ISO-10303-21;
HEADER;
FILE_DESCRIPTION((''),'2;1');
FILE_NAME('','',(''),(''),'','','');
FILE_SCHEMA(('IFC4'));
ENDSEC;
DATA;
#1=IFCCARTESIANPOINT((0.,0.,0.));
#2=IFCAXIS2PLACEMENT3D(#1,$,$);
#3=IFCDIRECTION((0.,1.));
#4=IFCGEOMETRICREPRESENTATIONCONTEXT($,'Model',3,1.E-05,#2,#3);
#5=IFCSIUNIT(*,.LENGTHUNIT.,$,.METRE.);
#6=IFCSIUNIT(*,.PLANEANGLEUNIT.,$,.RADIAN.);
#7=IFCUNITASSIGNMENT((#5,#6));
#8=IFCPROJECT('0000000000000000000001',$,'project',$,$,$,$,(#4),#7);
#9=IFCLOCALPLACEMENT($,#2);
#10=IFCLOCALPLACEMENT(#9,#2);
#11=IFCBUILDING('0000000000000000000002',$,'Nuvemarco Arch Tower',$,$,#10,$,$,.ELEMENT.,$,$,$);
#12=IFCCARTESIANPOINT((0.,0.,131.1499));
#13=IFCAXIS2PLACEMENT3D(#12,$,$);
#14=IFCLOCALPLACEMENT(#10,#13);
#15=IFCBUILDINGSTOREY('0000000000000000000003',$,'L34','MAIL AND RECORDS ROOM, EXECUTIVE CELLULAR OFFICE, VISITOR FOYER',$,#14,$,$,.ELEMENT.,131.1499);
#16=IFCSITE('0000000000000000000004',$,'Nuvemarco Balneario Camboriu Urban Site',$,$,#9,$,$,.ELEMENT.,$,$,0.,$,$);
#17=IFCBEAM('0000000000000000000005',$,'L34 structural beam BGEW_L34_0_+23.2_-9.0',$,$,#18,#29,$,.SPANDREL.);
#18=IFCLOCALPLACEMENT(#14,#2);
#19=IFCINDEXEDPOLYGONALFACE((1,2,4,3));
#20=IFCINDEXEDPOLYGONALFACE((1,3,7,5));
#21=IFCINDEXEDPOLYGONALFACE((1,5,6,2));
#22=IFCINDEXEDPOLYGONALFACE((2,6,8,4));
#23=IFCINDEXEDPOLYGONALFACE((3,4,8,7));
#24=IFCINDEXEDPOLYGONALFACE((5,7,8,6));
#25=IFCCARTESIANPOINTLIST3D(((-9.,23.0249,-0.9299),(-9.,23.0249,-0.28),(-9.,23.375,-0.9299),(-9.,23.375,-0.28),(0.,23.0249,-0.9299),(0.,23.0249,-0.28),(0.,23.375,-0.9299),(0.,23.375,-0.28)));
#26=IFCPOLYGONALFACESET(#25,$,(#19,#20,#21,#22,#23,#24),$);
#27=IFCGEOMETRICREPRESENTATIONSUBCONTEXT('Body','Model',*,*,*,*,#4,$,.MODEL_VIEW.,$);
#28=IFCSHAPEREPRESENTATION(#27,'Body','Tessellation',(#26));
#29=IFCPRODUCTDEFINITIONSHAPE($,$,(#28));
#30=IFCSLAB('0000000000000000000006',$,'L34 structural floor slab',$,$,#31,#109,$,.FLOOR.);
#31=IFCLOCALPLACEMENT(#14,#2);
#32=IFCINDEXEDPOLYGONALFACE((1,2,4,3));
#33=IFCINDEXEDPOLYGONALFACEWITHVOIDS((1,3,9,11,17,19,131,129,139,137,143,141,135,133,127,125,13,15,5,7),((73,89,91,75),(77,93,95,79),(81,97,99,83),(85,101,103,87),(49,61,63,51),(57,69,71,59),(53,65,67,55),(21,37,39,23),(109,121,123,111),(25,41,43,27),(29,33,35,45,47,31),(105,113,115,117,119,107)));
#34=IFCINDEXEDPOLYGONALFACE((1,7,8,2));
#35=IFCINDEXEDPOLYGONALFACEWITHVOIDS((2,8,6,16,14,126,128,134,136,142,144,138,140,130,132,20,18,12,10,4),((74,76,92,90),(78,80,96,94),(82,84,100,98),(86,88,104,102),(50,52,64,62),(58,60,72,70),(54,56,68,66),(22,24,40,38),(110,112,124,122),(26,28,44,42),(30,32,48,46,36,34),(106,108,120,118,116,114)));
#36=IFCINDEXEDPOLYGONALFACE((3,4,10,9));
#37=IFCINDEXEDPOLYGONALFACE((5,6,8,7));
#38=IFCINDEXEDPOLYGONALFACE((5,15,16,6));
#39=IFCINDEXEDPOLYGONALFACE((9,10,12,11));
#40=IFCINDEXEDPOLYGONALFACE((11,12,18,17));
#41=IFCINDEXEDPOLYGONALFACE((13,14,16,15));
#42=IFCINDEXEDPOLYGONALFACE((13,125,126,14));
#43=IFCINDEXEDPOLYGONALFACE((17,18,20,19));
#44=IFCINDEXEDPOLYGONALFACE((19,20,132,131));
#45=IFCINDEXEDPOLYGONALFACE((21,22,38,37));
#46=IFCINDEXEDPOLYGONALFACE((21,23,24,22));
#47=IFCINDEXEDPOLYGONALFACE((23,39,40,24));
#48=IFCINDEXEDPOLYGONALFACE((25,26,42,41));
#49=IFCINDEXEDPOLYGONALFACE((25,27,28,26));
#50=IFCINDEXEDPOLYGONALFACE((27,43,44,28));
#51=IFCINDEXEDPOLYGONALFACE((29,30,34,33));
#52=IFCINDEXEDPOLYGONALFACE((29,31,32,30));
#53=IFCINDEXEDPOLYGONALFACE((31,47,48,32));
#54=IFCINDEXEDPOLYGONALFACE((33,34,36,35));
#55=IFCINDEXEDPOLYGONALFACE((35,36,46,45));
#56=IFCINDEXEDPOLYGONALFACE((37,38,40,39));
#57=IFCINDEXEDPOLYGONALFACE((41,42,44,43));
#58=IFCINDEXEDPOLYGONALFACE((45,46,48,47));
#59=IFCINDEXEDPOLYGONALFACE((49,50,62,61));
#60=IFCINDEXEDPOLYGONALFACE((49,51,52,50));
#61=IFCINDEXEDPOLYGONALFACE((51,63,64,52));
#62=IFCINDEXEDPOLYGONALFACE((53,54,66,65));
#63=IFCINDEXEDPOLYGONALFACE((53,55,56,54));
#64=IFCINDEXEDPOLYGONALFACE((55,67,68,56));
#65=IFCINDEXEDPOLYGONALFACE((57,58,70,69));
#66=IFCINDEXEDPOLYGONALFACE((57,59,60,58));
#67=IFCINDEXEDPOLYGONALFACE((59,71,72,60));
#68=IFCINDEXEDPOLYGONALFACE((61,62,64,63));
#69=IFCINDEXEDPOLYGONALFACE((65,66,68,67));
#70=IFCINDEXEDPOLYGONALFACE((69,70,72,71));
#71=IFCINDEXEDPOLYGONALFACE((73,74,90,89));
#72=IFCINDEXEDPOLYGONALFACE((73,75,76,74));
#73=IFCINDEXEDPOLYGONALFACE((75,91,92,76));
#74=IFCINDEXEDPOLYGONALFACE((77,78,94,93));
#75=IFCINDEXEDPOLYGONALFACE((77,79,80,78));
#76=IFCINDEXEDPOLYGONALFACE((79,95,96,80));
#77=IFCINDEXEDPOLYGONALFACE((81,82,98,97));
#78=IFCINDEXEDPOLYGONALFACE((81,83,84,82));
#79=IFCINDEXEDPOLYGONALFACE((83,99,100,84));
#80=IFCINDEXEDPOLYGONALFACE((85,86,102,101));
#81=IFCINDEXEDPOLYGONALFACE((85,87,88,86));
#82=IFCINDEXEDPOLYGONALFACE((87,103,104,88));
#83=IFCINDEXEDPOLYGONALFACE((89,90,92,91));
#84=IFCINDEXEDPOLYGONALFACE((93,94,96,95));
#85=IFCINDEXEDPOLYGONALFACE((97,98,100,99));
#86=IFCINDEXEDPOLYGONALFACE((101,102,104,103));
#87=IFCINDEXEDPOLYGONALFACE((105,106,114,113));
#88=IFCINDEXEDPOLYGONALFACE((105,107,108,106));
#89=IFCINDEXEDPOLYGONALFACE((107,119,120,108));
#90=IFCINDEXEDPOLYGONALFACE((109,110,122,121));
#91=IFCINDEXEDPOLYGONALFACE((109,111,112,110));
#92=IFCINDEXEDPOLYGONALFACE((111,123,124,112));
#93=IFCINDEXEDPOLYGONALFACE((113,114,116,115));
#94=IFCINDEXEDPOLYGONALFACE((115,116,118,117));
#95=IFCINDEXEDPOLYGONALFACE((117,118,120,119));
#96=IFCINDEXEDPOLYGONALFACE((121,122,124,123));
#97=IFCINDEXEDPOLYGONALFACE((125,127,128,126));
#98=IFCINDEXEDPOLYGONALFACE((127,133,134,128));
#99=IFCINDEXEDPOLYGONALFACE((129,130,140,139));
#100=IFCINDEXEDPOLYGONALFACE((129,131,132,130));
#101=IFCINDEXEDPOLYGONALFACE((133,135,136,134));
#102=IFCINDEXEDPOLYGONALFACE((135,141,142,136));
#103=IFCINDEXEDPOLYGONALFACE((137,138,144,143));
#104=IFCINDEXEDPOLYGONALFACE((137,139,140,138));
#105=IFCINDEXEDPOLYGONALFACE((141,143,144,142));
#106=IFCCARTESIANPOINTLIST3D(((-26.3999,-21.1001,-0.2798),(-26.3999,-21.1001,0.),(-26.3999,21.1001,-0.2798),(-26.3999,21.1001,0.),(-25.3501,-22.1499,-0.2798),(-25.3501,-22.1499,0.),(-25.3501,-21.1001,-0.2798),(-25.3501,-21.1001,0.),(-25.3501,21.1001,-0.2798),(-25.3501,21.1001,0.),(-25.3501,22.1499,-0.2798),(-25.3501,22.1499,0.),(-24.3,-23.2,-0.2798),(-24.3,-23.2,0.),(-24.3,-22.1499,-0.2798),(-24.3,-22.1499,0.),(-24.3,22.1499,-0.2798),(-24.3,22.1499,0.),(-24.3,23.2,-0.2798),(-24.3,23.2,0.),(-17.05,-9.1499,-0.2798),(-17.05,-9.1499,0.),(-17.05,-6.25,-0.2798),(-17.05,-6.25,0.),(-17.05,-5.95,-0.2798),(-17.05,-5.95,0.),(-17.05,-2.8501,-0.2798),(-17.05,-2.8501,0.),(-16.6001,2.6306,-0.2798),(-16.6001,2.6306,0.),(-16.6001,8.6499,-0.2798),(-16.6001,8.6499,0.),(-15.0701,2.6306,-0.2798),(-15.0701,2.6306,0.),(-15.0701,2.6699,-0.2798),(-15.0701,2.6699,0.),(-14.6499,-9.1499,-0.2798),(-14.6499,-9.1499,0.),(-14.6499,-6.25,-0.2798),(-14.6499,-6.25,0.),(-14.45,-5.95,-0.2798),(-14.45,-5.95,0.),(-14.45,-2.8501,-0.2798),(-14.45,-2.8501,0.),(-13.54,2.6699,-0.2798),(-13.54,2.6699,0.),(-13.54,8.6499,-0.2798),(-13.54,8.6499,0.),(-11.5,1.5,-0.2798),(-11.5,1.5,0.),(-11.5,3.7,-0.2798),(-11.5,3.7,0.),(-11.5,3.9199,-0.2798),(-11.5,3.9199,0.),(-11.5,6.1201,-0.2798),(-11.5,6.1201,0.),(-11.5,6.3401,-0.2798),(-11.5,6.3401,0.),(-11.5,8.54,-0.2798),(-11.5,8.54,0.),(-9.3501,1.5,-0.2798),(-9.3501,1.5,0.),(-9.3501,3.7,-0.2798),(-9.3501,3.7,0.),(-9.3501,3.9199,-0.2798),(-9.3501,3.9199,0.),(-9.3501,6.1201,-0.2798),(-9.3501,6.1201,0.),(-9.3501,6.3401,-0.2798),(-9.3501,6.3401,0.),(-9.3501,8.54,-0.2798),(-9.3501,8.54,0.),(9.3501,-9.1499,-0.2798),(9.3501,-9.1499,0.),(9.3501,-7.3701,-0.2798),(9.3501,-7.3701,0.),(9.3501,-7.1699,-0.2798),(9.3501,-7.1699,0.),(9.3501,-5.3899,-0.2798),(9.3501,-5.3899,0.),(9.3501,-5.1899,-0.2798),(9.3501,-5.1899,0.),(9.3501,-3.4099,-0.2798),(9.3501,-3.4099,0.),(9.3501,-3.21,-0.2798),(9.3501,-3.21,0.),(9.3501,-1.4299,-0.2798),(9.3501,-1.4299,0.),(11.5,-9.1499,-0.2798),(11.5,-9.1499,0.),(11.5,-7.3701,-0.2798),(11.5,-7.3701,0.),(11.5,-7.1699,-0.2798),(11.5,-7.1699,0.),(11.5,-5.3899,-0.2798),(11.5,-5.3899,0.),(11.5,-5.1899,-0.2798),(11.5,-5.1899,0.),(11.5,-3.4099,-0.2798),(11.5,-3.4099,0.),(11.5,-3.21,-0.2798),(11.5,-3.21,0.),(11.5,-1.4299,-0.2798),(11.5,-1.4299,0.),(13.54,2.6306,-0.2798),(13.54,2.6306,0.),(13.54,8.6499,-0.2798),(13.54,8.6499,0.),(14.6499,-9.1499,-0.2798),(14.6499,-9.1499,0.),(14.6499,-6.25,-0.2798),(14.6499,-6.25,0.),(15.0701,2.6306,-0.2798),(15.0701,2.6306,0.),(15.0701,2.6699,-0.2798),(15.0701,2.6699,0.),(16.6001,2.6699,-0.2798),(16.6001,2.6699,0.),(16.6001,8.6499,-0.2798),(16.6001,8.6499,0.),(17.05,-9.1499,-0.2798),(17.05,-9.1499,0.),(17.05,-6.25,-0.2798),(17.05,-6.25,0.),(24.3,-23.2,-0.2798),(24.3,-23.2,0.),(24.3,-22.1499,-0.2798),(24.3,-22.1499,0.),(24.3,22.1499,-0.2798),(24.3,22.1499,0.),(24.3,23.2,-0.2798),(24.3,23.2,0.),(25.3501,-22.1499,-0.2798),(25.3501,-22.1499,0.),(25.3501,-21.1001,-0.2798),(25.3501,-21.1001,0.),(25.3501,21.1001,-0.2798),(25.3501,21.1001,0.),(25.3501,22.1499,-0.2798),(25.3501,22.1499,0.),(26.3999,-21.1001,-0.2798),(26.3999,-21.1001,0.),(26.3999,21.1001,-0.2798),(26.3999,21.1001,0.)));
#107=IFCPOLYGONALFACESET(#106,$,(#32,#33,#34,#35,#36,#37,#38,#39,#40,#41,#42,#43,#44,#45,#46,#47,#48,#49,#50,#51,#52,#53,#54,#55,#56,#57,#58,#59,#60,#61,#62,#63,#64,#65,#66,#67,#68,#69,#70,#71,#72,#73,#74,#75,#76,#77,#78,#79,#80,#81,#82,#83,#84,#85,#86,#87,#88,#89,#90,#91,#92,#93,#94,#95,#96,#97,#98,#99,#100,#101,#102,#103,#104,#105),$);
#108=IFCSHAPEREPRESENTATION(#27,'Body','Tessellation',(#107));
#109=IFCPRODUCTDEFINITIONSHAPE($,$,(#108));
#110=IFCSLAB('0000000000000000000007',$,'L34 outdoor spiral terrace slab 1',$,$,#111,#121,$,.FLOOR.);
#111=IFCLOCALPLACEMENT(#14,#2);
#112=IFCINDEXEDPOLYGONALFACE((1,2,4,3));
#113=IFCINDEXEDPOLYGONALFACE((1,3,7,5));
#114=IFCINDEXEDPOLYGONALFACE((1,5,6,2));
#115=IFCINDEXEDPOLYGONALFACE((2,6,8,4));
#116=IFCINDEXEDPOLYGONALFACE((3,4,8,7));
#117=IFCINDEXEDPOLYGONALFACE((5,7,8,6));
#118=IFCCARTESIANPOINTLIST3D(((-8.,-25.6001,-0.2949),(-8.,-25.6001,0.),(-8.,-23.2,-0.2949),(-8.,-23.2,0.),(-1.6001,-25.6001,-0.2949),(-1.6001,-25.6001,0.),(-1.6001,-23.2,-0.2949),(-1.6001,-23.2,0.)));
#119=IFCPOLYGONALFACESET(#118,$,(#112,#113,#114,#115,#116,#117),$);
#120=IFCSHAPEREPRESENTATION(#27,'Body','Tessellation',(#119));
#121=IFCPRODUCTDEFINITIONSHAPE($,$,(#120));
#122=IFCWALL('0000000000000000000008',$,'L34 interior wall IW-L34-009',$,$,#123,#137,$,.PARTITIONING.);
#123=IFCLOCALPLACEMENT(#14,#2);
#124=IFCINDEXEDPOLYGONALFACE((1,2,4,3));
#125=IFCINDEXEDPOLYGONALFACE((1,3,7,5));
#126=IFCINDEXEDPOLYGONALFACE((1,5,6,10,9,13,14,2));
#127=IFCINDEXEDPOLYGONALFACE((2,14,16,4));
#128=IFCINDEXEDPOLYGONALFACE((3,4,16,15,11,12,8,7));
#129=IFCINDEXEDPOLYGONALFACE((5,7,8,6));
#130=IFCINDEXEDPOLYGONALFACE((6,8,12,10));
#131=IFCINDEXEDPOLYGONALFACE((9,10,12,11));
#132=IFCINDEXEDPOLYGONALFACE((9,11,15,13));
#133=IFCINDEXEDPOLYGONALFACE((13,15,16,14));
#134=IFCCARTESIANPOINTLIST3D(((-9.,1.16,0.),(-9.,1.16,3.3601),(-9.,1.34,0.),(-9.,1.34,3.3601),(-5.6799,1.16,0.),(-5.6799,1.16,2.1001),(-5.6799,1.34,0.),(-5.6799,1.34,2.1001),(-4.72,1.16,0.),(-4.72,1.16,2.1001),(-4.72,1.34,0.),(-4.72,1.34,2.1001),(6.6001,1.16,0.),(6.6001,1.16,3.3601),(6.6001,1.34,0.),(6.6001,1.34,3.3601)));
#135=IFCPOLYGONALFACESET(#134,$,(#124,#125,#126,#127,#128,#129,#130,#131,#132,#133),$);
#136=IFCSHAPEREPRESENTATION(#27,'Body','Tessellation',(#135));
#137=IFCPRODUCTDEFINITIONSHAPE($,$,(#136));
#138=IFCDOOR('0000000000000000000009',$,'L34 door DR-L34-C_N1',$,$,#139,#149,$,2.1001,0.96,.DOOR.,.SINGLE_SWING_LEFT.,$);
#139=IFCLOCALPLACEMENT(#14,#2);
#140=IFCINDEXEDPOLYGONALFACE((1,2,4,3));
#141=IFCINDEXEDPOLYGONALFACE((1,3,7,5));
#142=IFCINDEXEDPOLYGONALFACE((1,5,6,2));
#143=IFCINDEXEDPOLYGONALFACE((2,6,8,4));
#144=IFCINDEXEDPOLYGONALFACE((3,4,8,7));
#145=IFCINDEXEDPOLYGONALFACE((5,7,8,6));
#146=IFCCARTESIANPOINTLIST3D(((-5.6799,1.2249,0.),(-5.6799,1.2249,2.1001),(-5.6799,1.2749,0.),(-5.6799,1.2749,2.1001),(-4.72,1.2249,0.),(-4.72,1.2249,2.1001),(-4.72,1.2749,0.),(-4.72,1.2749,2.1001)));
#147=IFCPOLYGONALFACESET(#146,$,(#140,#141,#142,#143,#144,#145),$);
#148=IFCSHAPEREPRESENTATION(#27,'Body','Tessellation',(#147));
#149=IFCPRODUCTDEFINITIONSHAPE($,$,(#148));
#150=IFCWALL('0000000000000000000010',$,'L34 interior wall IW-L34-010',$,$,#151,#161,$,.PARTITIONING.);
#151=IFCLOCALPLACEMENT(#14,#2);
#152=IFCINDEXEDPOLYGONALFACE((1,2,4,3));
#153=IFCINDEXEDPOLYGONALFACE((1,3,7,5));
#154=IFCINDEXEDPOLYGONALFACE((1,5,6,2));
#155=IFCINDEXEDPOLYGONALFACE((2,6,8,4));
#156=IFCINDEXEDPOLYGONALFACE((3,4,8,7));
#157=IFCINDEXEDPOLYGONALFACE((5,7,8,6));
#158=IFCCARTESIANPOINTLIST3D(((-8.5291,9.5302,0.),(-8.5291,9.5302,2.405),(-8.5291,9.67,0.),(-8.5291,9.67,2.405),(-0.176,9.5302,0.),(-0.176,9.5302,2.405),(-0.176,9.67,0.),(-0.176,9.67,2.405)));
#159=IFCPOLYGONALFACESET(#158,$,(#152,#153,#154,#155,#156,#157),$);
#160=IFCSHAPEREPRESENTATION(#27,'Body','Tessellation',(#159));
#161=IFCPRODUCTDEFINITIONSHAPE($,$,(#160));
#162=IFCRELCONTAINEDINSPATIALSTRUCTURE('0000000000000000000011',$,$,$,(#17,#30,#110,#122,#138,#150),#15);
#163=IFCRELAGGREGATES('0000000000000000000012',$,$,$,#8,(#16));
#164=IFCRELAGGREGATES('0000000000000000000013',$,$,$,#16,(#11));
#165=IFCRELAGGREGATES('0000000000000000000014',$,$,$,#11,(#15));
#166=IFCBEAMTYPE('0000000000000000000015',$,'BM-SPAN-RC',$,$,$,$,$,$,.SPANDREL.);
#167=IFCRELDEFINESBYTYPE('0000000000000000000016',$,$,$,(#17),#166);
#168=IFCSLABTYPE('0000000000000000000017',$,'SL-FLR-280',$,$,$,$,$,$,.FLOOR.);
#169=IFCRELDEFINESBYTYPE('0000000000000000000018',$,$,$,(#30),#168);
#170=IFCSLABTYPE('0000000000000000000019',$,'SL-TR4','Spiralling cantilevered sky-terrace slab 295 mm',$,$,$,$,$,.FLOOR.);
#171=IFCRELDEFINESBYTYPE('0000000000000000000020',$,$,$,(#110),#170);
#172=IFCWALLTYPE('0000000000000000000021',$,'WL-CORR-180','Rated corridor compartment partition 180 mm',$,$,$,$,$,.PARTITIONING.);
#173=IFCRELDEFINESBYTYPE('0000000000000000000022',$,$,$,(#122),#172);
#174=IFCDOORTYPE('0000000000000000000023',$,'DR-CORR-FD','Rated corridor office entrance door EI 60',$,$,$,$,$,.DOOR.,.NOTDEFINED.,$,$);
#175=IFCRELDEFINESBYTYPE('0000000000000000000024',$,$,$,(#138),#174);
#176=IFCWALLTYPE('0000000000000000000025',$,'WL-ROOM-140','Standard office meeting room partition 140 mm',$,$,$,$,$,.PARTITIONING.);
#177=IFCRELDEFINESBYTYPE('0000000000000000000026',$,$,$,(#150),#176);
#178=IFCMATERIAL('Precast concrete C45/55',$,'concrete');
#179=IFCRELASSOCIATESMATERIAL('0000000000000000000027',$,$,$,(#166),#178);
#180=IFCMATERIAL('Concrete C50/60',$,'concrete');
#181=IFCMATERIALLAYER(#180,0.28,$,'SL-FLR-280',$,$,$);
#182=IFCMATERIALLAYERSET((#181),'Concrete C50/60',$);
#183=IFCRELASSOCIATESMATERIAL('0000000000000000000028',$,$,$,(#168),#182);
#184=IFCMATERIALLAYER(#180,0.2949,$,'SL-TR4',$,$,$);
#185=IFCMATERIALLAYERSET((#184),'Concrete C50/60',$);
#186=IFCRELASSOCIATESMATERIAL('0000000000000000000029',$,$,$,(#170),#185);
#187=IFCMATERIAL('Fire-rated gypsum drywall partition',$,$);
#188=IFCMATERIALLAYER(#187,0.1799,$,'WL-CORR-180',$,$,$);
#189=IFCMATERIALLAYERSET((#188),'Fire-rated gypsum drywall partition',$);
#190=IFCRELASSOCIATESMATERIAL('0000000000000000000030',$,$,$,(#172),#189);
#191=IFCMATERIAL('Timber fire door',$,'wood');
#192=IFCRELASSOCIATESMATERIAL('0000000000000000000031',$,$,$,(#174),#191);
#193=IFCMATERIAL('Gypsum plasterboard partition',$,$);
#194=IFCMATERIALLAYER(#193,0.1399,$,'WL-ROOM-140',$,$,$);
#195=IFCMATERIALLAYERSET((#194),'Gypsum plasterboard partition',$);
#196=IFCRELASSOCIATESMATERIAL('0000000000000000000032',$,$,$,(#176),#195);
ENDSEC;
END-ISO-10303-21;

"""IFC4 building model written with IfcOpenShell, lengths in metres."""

from ifc_helpers import new_model, si_unit, direction, frame, frame_2d, origin, origin_2d, place, context, subcontext, project, spatial, polyline, rectangle, outline, extrude, source, transform, mapped, material, layer, layer_set, material_profile, profile_set, type_object, type_shapes, element, fill, save


model = new_model("IFC4")

# Units and contexts
model_context = context("Model", 3, precision=1e-05, world=origin(), true_north=direction((0.0, 1.0)))
body_context = subcontext(model_context, "Body", "Model", "MODEL_VIEW")
ifc_project = project(units=[si_unit("LENGTHUNIT", "METRE"), si_unit("PLANEANGLEUNIT", "RADIAN")], contexts=[model_context])

# Site, building, storey
site_placement = place(None, origin())
site = spatial("IfcSite", under=ifc_project, at=site_placement, Name="Nuvemarco Balneario Camboriu Urban Site", CompositionType="ELEMENT", RefElevation=0.0)
building_placement = place(site_placement, origin())
building = spatial("IfcBuilding", under=site, at=building_placement, Name="Nuvemarco Arch Tower", CompositionType="ELEMENT")
storey_placement = place(building_placement, frame((0.0, 0.0, 131.1499)))
storey = spatial("IfcBuildingStorey", under=building, at=storey_placement, Name="L34", Description="MAIL AND RECORDS ROOM, EXECUTIVE CELLULAR OFFICE, VISITOR FOYER", CompositionType="ELEMENT", Elevation=131.1499)

# Shared definitions
ifc_material_1 = material(Name="Concrete C50/60", Category="concrete")

# Beam
ifc_material_2 = material(Name="Precast concrete C45/55", Category="concrete")
ifc_material_profile_1 = material_profile(ifc_material_2, rectangle(XDim=0.3501, YDim=0.6499, at=origin_2d()), Name="PC-SP-350x650")
ifc_profile_set_1 = profile_set([ifc_material_profile_1], Name="Precast concrete C45/55")
beam_type_1 = type_object("IfcBeamType", Name="BM-SPAN-RC", PredefinedType="SPANDREL", material=ifc_profile_set_1)
beam_1_placement = place(storey_placement, frame((-9.0, 23.2, -0.605), z_axis=(1.0, 0.0, 0.0), x_axis=(0.0, 1.0, 0.0)))
element("IfcBeam", 1, at=beam_1_placement, inside=storey, type_object=beam_type_1, Name="L34 structural beam BGEW_L34_0_+23.2_-9.0", PredefinedType="SPANDREL", context=body_context, shape_type="SweptSolid", body=[
    extrude(rectangle(XDim=0.3501, YDim=0.6499, at=origin_2d()), origin(), (0.0, 0.0, 1.0), 9.0),
])

# Slabs
ifc_layer_1 = layer(ifc_material_1, 0.28, Name="SL-FLR-280")
ifc_layer_set_1 = layer_set([ifc_layer_1], Name="Concrete C50/60")
slab_type_1 = type_object("IfcSlabType", Name="SL-FLR-280", PredefinedType="FLOOR", material=ifc_layer_set_1)
slab_1_placement = place(storey_placement, frame((0.0, 0.0, -0.2798)))
element("IfcSlab", 2, at=slab_1_placement, inside=storey, type_object=slab_type_1, Name="L34 structural floor slab", PredefinedType="FLOOR", context=body_context, shape_type="SweptSolid", body=[
    extrude(outline(polyline([(-24.3, -23.2), (24.3, -23.2), (24.3, -22.1499), (25.3501, -22.1499), (25.3501, -21.1001), (26.3999, -21.1001), (26.3999, 21.1001), (25.3501, 21.1001), (25.3501, 22.1499), (24.3, 22.1499), (24.3, 23.2), (-24.3, 23.2), (-24.3, 22.1499), (-25.3501, 22.1499), (-25.3501, 21.1001), (-26.3999, 21.1001), (-26.3999, -21.1001), (-25.3501, -21.1001), (-25.3501, -22.1499), (-24.3, -22.1499), (-24.3, -23.2)]), holes=[polyline([(-13.54, 2.6699), (-13.54, 8.6499), (-16.6001, 8.6499), (-16.6001, 2.6306), (-15.0701, 2.6306), (-15.0701, 2.6699), (-13.54, 2.6699)]), polyline([(16.6001, 2.6699), (16.6001, 8.6499), (13.54, 8.6499), (13.54, 2.6306), (15.0701, 2.6306), (15.0701, 2.6699), (16.6001, 2.6699)]), polyline([(-17.05, -9.1499), (-14.6499, -9.1499), (-14.6499, -6.25), (-17.05, -6.25), (-17.05, -9.1499)]), polyline([(-17.05, -5.95), (-14.45, -5.95), (-14.45, -2.8501), (-17.05, -2.8501), (-17.05, -5.95)]), polyline([(-11.5, 1.5), (-9.3501, 1.5), (-9.3501, 3.7), (-11.5, 3.7), (-11.5, 1.5)]), polyline([(-11.5, 3.9199), (-9.3501, 3.9199), (-9.3501, 6.1201), (-11.5, 6.1201), (-11.5, 3.9199)]), polyline([(-11.5, 6.3401), (-9.3501, 6.3401), (-9.3501, 8.54), (-11.5, 8.54), (-11.5, 6.3401)]), polyline([(14.6499, -9.1499), (17.05, -9.1499), (17.05, -6.25), (14.6499, -6.25), (14.6499, -9.1499)]), polyline([(9.3501, -9.1499), (11.5, -9.1499), (11.5, -7.3701), (9.3501, -7.3701), (9.3501, -9.1499)]), polyline([(9.3501, -7.1699), (11.5, -7.1699), (11.5, -5.3899), (9.3501, -5.3899), (9.3501, -7.1699)]), polyline([(9.3501, -5.1899), (11.5, -5.1899), (11.5, -3.4099), (9.3501, -3.4099), (9.3501, -5.1899)]), polyline([(9.3501, -3.21), (11.5, -3.21), (11.5, -1.4299), (9.3501, -1.4299), (9.3501, -3.21)])]), origin(), (0.0, 0.0, 1.0), 0.2798),
])
ifc_layer_2 = layer(ifc_material_1, 0.2949, Name="SL-TR4")
ifc_layer_set_2 = layer_set([ifc_layer_2], Name="Concrete C50/60")
slab_type_2 = type_object("IfcSlabType", Name="SL-TR4", Description="Spiralling cantilevered sky-terrace slab 295 mm", PredefinedType="FLOOR", material=ifc_layer_set_2)
slab_2_placement = place(storey_placement, frame((0.0, 0.0, -0.2949)))
element("IfcSlab", 3, at=slab_2_placement, inside=storey, type_object=slab_type_2, Name="L34 outdoor spiral terrace slab 1", PredefinedType="FLOOR", context=body_context, shape_type="SweptSolid", body=[
    extrude(outline(polyline([(-8.0, -25.6001), (-1.6001, -25.6001), (-1.6001, -23.2), (-8.0, -23.2), (-8.0, -25.6001)])), origin(), (0.0, 0.0, 1.0), 0.2949),
])

# Wall, opening, door
ifc_material_3 = material(Name="Fire-rated gypsum drywall partition")
ifc_layer_3 = layer(ifc_material_3, 0.1799, Name="WL-CORR-180")
ifc_layer_set_3 = layer_set([ifc_layer_3], Name="Fire-rated gypsum drywall partition")
wall_type_1 = type_object("IfcWallType", Name="WL-CORR-180", Description="Rated corridor compartment partition 180 mm", PredefinedType="PARTITIONING", material=ifc_layer_set_3)
wall_1_placement = place(storey_placement, frame((-9.0, 1.25, 0.0), z_axis=(0.0, 0.0, 1.0), x_axis=(1.0, 0.0, 0.0)))
wall_1 = element("IfcWall", 4, at=wall_1_placement, inside=storey, type_object=wall_type_1, Name="L34 interior wall IW-L34-009", PredefinedType="PARTITIONING", context=body_context, shape_type="SweptSolid", body=[
    extrude(rectangle(XDim=15.6001, YDim=0.1799, at=frame_2d((7.8, 0.0))), origin(), (0.0, 0.0, 1.0), 3.3601),
])
opening_1_placement = place(wall_1_placement, frame((3.3201, 0.0, 0.0)))
opening_1 = element("IfcOpeningElement", 5, at=opening_1_placement, cuts=wall_1, PredefinedType="OPENING", context=body_context, shape_type="SweptSolid", body=[
    extrude(rectangle(XDim=0.96, YDim=2.1001, at=frame_2d((0.48, 1.05))), frame((0.0, 0.0999, 0.0), z_axis=(0.0, -1.0, 0.0), x_axis=(1.0, 0.0, 0.0)), (0.0, 0.0, 1.0), 0.2),
])
ifc_material_4 = material(Name="Timber fire door", Category="wood")
door_type_1 = type_object("IfcDoorType", Name="DR-CORR-FD", Description="Rated corridor office entrance door EI 60", OperationType="NOTDEFINED", PredefinedType="DOOR", material=ifc_material_4)
shared_shape_1 = source(origin(), body_context, "Body", "SweptSolid", [
    extrude(rectangle(XDim=0.96, YDim=2.1001, at=frame_2d((0.48, 1.05))), frame((0.0, 0.0249, 0.0), z_axis=(0.0, -1.0, 0.0), x_axis=(1.0, 0.0, 0.0)), (0.0, 0.0, 1.0), 0.05),
])
type_shapes(door_type_1, [shared_shape_1])
door_1_placement = place(opening_1_placement, origin())
door_1 = element("IfcDoor", 6, at=door_1_placement, inside=storey, type_object=door_type_1, Name="L34 door DR-L34-C_N1", OperationType="SINGLE_SWING_LEFT", OverallHeight=2.1001, OverallWidth=0.96, PredefinedType="DOOR", context=body_context, shape_type="MappedRepresentation", body=[
    mapped(shared_shape_1, transform((0.0, 0.0, 0.0), scale=1.0)),
])
fill(opening_1, door_1)

# Wall
ifc_material_5 = material(Name="Gypsum plasterboard partition")
ifc_layer_4 = layer(ifc_material_5, 0.1399, Name="WL-ROOM-140")
ifc_layer_set_4 = layer_set([ifc_layer_4], Name="Gypsum plasterboard partition")
wall_type_2 = type_object("IfcWallType", Name="WL-ROOM-140", Description="Standard office meeting room partition 140 mm", PredefinedType="PARTITIONING", material=ifc_layer_set_4)
wall_2_placement = place(storey_placement, frame((-8.5291, 9.6001, 0.0), z_axis=(0.0, 0.0, 1.0), x_axis=(1.0, 0.0, 0.0)))
element("IfcWall", 7, at=wall_2_placement, inside=storey, type_object=wall_type_2, Name="L34 interior wall IW-L34-010", PredefinedType="PARTITIONING", context=body_context, shape_type="SweptSolid", body=[
    extrude(rectangle(XDim=8.353, YDim=0.1399, at=frame_2d((4.1765, 0.0))), origin(), (0.0, 0.0, 1.0), 2.405),
])

save(model, "model.ifc")
